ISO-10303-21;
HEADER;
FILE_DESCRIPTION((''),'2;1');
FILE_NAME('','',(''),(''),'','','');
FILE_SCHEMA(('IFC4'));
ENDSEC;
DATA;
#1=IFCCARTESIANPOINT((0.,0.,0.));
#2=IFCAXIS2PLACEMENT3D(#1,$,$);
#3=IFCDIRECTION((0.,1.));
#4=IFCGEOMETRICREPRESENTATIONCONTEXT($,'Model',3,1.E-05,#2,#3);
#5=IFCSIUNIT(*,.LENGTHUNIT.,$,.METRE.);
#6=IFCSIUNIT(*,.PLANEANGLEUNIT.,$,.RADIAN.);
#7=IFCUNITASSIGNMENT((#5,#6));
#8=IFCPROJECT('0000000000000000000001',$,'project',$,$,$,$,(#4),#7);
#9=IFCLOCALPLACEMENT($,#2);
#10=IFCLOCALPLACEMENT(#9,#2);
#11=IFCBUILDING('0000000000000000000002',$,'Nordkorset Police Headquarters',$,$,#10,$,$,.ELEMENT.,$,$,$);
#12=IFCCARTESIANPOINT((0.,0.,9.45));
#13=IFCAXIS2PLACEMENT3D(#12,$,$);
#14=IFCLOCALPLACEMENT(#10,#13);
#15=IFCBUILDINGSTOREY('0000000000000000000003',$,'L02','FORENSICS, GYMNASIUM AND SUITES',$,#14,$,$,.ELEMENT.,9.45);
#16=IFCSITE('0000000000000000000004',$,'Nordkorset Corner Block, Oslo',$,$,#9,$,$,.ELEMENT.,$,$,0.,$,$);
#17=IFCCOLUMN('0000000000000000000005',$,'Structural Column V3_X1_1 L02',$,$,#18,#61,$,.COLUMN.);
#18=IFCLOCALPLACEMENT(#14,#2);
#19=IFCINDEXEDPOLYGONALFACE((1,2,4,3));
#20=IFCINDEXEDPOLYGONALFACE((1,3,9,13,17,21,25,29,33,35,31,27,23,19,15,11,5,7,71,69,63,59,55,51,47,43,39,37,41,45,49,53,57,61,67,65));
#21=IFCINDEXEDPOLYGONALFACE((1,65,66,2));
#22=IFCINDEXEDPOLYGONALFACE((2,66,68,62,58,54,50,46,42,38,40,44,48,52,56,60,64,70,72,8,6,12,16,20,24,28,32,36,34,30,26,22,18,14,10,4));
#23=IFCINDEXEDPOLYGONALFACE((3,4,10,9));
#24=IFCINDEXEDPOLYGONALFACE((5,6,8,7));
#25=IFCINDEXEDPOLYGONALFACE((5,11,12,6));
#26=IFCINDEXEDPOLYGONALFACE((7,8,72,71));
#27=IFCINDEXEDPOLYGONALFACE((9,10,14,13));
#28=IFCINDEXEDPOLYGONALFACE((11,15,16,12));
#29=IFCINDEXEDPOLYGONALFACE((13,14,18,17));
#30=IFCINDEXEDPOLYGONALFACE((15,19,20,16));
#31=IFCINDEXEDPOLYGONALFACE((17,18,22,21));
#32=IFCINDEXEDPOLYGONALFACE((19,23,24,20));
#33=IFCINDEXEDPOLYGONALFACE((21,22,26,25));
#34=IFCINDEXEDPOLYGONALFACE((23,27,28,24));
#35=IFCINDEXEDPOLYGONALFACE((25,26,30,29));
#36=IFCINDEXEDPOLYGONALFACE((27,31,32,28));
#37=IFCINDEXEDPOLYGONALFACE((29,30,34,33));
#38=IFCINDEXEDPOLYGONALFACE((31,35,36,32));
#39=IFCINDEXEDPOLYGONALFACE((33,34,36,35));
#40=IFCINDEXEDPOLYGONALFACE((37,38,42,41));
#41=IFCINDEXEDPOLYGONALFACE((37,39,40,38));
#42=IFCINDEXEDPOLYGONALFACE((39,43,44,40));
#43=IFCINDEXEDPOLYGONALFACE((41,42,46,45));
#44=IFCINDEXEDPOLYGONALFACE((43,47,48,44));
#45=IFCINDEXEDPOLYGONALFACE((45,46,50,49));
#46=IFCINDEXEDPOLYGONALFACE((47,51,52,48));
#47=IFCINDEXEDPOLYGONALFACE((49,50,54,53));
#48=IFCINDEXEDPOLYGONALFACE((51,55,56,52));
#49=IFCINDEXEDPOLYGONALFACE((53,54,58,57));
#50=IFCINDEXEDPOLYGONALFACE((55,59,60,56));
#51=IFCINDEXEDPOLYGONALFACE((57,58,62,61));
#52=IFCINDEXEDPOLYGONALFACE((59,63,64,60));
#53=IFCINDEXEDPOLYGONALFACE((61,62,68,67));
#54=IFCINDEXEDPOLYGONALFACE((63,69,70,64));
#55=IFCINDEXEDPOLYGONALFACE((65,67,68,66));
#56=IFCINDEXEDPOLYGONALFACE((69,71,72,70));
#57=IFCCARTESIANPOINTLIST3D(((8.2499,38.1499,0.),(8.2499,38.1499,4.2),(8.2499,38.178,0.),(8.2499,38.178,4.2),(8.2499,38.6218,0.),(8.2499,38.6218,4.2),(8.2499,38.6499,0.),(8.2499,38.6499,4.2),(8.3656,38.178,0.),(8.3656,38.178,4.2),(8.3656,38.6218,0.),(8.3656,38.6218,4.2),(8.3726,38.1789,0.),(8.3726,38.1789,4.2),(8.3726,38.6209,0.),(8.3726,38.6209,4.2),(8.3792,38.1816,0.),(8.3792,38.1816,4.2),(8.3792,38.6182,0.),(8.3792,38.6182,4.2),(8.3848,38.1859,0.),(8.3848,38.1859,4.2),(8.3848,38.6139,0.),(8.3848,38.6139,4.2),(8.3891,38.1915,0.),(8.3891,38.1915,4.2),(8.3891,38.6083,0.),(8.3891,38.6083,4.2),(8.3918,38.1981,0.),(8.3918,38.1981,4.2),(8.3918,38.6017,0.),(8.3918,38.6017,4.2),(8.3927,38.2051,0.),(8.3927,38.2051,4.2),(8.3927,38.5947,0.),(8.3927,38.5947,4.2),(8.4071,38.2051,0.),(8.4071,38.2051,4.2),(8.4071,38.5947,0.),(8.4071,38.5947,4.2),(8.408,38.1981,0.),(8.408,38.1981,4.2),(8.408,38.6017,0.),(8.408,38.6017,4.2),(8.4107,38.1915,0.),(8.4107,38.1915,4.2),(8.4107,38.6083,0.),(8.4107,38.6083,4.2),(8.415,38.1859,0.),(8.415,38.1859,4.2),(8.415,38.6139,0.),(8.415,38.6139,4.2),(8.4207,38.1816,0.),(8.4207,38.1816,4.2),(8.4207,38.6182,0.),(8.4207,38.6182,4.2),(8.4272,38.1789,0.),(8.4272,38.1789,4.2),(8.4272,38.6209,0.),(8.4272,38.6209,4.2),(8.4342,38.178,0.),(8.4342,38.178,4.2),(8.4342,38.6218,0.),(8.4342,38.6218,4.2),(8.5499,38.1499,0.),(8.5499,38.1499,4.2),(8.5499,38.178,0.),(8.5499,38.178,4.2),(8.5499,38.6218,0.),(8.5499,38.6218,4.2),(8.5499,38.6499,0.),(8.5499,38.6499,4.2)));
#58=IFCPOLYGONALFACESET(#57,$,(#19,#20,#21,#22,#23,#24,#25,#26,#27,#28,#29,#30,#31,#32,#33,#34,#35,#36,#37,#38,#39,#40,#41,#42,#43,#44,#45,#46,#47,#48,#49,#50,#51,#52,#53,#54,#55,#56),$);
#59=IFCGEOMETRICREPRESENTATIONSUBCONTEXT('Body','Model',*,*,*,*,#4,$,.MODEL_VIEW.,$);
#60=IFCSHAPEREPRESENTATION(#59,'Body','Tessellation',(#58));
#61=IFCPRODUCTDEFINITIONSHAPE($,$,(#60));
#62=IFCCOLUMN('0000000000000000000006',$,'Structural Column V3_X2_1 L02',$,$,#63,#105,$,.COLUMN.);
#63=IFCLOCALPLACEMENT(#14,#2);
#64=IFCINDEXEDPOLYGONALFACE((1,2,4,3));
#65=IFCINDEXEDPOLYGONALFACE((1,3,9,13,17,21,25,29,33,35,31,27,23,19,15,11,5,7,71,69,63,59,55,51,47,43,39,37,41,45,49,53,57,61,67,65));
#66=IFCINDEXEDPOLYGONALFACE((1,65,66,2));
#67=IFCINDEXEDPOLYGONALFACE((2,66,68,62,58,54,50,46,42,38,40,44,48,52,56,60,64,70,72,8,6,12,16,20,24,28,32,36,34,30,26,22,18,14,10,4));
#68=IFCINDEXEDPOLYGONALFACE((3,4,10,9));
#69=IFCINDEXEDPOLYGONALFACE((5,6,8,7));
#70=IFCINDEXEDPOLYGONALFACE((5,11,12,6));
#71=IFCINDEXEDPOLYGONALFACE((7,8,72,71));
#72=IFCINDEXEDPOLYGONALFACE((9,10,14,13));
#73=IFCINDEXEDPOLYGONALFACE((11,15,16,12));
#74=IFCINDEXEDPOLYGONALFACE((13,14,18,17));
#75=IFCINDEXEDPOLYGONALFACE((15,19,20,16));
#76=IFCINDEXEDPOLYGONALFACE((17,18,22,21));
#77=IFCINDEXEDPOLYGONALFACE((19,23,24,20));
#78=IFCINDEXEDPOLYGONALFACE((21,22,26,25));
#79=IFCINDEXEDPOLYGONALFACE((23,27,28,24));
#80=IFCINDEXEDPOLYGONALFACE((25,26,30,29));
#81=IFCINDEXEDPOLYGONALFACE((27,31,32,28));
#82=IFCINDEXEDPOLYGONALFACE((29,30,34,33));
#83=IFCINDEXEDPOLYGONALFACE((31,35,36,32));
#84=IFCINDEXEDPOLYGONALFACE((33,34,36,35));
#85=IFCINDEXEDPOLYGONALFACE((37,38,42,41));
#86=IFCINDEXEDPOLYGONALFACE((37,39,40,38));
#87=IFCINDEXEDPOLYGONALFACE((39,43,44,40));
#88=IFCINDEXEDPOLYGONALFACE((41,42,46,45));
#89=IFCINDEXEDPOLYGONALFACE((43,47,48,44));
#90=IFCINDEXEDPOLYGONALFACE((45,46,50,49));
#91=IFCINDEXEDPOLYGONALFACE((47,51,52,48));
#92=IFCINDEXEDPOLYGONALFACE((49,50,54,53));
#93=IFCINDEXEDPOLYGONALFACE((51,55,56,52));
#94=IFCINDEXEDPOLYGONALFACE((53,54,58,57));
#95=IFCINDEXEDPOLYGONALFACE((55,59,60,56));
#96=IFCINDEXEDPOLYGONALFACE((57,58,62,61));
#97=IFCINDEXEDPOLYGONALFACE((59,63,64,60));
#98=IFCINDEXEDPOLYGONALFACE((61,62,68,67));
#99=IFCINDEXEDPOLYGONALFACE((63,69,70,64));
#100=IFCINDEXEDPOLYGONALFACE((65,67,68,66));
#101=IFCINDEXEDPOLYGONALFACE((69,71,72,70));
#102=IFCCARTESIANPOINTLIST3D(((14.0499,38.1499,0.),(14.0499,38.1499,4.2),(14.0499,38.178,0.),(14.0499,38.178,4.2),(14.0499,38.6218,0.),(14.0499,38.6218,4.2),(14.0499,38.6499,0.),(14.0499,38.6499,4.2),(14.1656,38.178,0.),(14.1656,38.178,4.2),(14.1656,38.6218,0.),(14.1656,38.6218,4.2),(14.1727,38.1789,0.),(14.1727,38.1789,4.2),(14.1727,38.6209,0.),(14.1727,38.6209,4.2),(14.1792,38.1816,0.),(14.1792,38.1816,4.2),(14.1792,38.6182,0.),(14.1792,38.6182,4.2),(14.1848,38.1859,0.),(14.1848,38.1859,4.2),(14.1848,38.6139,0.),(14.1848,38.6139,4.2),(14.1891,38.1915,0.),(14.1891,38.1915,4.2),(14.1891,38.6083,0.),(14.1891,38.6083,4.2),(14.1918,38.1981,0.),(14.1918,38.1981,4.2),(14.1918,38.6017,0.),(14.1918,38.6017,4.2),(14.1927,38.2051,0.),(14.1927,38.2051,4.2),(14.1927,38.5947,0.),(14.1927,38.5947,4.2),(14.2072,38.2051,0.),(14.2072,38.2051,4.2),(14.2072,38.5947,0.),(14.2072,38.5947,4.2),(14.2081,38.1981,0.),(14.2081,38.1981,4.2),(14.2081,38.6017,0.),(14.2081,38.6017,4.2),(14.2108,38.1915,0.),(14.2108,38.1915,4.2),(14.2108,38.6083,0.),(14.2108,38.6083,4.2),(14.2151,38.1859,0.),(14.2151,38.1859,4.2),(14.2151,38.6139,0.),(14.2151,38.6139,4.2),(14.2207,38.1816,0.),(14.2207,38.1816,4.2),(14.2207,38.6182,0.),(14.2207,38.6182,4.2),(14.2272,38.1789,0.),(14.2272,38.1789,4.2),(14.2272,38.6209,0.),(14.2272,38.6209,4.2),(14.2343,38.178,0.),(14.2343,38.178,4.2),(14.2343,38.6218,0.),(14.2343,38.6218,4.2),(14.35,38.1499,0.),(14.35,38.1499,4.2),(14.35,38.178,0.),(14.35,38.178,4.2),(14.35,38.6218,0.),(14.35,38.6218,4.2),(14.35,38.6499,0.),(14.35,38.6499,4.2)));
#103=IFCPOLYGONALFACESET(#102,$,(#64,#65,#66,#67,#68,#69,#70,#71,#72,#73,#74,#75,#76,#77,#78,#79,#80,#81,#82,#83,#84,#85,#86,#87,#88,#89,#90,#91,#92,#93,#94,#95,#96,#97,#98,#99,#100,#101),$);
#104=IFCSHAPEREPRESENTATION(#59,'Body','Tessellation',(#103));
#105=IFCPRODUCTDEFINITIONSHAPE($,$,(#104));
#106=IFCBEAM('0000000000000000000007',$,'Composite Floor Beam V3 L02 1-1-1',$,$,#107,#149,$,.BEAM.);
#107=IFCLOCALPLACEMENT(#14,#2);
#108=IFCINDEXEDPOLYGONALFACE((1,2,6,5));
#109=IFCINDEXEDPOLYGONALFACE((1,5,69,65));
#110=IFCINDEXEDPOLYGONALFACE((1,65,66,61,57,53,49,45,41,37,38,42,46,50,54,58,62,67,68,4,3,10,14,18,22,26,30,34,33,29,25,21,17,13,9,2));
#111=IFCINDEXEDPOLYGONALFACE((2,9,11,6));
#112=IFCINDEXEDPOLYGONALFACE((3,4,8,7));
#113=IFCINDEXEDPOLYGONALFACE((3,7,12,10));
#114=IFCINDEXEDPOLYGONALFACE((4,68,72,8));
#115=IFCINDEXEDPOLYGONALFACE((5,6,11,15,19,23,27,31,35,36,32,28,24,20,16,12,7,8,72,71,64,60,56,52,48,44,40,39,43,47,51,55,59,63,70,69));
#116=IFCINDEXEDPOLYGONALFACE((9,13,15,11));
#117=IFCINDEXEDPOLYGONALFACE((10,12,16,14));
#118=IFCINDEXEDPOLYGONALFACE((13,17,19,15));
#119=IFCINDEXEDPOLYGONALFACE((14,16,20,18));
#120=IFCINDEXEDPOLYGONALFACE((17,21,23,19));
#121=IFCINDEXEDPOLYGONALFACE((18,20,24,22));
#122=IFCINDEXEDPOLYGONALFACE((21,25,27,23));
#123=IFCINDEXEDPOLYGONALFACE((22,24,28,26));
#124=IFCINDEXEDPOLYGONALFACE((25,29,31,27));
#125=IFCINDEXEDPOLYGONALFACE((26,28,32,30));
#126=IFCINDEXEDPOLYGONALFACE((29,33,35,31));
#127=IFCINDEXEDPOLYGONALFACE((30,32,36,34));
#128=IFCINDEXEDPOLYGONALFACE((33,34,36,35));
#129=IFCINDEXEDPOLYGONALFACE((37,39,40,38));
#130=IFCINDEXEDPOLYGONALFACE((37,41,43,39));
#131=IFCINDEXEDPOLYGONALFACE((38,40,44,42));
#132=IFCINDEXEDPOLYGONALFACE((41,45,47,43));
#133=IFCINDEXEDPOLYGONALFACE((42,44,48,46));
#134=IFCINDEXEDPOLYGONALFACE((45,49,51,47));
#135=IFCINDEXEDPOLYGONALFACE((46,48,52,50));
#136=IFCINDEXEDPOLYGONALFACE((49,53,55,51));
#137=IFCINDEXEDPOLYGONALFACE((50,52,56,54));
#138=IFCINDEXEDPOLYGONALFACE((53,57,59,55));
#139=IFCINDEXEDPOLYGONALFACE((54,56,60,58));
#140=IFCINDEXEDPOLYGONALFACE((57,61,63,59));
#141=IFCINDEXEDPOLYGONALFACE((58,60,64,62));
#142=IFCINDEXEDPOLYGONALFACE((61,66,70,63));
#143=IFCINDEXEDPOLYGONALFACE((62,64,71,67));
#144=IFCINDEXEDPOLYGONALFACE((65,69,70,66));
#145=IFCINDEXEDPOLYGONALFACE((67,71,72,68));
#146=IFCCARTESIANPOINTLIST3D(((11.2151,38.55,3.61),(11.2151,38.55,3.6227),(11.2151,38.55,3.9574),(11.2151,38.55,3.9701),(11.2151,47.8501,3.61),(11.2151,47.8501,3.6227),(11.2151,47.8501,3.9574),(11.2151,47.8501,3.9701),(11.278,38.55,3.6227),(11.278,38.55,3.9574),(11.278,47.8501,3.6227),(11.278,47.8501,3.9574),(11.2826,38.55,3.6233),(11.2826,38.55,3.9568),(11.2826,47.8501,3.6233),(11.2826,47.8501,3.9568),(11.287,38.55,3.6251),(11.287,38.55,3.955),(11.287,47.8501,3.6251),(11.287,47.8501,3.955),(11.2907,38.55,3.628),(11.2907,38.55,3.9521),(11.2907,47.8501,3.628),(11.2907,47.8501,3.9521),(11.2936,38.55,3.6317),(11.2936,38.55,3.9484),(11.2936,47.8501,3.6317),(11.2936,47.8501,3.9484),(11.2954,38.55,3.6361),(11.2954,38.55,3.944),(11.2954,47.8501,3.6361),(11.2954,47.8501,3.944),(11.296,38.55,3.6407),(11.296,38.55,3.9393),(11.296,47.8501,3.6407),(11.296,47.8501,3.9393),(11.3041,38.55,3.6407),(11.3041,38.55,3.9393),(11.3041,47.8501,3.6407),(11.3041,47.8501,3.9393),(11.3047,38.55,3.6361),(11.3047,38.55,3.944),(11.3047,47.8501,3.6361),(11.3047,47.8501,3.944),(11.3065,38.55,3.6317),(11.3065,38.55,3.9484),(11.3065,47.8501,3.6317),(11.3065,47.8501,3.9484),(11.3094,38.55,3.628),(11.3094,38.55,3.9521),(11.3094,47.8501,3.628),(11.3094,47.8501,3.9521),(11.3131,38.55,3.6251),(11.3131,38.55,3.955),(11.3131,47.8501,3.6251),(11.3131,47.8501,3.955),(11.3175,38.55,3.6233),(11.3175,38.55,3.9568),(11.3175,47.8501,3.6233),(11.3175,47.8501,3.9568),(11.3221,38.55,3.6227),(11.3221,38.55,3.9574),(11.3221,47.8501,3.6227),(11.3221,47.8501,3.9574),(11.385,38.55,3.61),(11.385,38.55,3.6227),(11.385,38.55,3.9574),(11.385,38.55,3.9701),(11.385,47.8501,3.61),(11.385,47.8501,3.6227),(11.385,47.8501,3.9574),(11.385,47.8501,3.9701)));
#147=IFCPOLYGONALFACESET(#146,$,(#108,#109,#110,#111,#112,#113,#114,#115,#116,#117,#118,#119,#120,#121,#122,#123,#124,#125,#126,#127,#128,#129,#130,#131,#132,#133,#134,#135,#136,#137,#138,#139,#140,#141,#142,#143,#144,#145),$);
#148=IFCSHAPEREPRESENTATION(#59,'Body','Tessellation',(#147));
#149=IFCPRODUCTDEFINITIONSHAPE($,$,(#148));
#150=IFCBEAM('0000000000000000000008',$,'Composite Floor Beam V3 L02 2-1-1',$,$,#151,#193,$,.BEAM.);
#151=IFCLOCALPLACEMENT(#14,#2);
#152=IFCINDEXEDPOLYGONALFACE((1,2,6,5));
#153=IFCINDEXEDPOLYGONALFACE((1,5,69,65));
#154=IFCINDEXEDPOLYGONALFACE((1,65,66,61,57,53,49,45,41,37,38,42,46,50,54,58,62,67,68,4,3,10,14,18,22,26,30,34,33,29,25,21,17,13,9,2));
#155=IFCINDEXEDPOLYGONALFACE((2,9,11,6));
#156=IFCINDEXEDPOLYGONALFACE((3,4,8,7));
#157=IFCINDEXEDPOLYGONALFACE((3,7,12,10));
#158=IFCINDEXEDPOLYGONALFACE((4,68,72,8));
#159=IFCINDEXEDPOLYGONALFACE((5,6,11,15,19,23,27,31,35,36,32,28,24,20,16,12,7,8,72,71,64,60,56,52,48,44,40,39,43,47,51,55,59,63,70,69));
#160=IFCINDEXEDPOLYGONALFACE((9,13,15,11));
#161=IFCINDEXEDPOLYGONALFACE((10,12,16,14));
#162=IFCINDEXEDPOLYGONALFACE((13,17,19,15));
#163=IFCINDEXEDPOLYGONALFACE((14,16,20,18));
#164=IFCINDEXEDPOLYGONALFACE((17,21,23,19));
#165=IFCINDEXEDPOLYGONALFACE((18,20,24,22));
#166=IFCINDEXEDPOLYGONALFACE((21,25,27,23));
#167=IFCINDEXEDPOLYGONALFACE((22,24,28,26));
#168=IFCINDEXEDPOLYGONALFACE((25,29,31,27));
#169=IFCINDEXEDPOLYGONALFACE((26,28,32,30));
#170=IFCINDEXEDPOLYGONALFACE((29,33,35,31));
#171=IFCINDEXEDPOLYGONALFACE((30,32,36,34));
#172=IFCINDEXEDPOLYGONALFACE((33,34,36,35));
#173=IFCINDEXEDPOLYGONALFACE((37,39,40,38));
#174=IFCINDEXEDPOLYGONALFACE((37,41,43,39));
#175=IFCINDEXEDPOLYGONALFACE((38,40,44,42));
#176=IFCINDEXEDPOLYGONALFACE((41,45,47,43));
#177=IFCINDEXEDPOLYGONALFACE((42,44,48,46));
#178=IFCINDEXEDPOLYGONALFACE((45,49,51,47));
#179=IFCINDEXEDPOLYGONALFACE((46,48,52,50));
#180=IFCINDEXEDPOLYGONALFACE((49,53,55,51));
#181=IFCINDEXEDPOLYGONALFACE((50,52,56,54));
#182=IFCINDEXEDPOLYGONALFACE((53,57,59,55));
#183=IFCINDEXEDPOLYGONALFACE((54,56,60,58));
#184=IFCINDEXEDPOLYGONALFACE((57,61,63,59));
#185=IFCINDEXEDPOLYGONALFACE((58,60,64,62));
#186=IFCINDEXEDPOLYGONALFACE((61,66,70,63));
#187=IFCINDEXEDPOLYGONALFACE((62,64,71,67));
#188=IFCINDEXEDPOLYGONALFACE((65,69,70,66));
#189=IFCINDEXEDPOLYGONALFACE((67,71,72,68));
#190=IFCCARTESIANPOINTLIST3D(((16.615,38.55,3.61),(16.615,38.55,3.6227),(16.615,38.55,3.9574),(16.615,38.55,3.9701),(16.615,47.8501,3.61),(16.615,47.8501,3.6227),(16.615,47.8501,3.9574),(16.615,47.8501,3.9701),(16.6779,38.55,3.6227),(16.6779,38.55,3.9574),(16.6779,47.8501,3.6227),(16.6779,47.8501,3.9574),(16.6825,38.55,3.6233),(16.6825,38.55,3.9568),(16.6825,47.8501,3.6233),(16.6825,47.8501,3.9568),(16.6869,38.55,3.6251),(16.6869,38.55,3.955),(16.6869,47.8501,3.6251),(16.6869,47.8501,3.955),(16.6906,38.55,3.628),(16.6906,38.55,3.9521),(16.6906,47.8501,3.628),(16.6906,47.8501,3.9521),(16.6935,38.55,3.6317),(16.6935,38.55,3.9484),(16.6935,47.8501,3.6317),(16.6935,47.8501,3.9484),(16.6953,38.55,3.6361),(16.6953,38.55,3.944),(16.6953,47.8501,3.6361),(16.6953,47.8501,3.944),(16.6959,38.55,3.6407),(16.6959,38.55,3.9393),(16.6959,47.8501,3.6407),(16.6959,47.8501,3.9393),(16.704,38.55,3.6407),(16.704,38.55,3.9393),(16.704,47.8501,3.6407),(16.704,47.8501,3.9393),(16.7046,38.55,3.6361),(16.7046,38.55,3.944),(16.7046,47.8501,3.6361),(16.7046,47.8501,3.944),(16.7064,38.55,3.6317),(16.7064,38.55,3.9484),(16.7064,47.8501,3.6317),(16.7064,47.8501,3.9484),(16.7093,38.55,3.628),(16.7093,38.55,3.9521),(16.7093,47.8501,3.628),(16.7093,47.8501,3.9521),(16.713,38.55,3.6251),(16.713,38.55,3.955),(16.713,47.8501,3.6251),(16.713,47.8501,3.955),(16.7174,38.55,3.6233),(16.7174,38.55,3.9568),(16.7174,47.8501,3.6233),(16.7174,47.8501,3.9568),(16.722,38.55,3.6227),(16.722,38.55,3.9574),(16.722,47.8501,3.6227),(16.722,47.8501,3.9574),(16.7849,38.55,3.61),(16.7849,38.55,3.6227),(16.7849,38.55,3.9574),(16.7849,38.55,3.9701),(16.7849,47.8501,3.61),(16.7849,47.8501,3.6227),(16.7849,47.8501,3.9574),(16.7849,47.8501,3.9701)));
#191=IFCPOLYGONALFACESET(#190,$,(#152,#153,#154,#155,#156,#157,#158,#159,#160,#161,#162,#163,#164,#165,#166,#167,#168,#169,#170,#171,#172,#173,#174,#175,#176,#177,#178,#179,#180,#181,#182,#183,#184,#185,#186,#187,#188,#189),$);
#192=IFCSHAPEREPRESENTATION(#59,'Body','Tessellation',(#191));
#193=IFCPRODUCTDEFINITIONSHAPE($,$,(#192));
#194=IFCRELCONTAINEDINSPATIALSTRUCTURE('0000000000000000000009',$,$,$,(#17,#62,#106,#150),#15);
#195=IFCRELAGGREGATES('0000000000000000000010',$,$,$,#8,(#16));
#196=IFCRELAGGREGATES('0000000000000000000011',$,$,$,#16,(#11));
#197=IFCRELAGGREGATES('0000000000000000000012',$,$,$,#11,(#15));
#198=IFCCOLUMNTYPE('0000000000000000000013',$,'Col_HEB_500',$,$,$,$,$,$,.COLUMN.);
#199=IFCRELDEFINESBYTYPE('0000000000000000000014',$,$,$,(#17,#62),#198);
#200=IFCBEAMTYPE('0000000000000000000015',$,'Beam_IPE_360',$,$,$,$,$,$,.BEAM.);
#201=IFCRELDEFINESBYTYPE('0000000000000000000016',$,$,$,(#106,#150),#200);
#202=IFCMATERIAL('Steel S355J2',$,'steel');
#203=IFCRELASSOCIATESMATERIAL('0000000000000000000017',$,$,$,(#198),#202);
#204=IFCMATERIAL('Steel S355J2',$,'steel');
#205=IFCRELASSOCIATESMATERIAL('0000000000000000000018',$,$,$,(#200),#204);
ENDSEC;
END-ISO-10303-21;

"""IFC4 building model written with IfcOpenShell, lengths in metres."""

from ifc_helpers import new_model, si_unit, direction, frame, origin, origin_2d, place, context, subcontext, project, spatial, i_section, extrude, material, material_profile, profile_set, type_object, element, save


model = new_model("IFC4")

# Units and contexts
model_context = context("Model", 3, precision=1e-05, world=origin(), true_north=direction((0.0, 1.0)))
body_context = subcontext(model_context, "Body", "Model", "MODEL_VIEW")
ifc_project = project(units=[si_unit("LENGTHUNIT", "METRE"), si_unit("PLANEANGLEUNIT", "RADIAN")], contexts=[model_context])

# Site, building, storey
site_placement = place(None, origin())
site = spatial("IfcSite", under=ifc_project, at=site_placement, Name="Nordkorset Corner Block, Oslo", CompositionType="ELEMENT", RefElevation=0.0)
building_placement = place(site_placement, origin())
building = spatial("IfcBuilding", under=site, at=building_placement, Name="Nordkorset Police Headquarters", CompositionType="ELEMENT")
storey_placement = place(building_placement, frame((0.0, 0.0, 9.45)))
storey = spatial("IfcBuildingStorey", under=building, at=storey_placement, Name="L02", Description="FORENSICS, GYMNASIUM AND SUITES", CompositionType="ELEMENT", Elevation=9.45)

# Columns
ifc_material_1 = material(Name="Steel S355J2", Category="steel")
ifc_material_profile_1 = material_profile(ifc_material_1, i_section(OverallWidth=0.3, OverallDepth=0.5, WebThickness=0.0144, FlangeThickness=0.0281, FilletRadius=0.0271, at=origin_2d()), Name="HEB 500")
ifc_profile_set_1 = profile_set([ifc_material_profile_1], Name="Steel S355J2")
column_type = type_object("IfcColumnType", Name="Col_HEB_500", PredefinedType="COLUMN", material=ifc_profile_set_1)
for number, where, z_axis, x_axis, name in (
    (1, (8.3999, 38.3999, 0.0), (0.0, 0.0, 1.0), (1.0, 0.0, 0.0), "Structural Column V3_X1_1 L02"),
    (2, (14.2, 38.3999, 0.0), (0.0, 0.0, 1.0), (1.0, 0.0, 0.0), "Structural Column V3_X2_1 L02"),
):
    element("IfcColumn", number, at=place(storey_placement, frame(where, z_axis=z_axis, x_axis=x_axis)), inside=storey, type_object=column_type, Name=name, PredefinedType="COLUMN", context=body_context, shape_type="SweptSolid", body=[
        extrude(i_section(OverallWidth=0.3, OverallDepth=0.5, WebThickness=0.0144, FlangeThickness=0.0281, FilletRadius=0.0271, at=origin_2d()), origin(), (0.0, 0.0, 1.0), 4.2),
    ])

# Beams
ifc_material_2 = material(Name="Steel S355J2", Category="steel")
ifc_material_profile_2 = material_profile(ifc_material_2, i_section(OverallWidth=0.1699, OverallDepth=0.3601, WebThickness=0.0081, FlangeThickness=0.0127, FilletRadius=0.0181, at=origin_2d()), Name="IPE 360")
ifc_profile_set_2 = profile_set([ifc_material_profile_2], Name="Steel S355J2")
beam_type_1 = type_object("IfcBeamType", Name="Beam_IPE_360", PredefinedType="BEAM", material=ifc_profile_set_2)
for number, where, z_axis, x_axis, name in (
    (3, (11.3, 38.55, 3.79), (0.0, 1.0, 0.0), (-1.0, 0.0, 0.0), "Composite Floor Beam V3 L02 1-1-1"),
    (4, (16.7, 38.55, 3.79), (0.0, 1.0, 0.0), (-1.0, 0.0, 0.0), "Composite Floor Beam V3 L02 2-1-1"),
):
    element("IfcBeam", number, at=place(storey_placement, frame(where, z_axis=z_axis, x_axis=x_axis)), inside=storey, type_object=beam_type_1, Name=name, PredefinedType="BEAM", context=body_context, shape_type="SweptSolid", body=[
        extrude(i_section(OverallWidth=0.1699, OverallDepth=0.3601, WebThickness=0.0081, FlangeThickness=0.0127, FilletRadius=0.0181, at=origin_2d()), origin(), (0.0, 0.0, 1.0), 9.3),
    ])

save(model, "model.ifc")
